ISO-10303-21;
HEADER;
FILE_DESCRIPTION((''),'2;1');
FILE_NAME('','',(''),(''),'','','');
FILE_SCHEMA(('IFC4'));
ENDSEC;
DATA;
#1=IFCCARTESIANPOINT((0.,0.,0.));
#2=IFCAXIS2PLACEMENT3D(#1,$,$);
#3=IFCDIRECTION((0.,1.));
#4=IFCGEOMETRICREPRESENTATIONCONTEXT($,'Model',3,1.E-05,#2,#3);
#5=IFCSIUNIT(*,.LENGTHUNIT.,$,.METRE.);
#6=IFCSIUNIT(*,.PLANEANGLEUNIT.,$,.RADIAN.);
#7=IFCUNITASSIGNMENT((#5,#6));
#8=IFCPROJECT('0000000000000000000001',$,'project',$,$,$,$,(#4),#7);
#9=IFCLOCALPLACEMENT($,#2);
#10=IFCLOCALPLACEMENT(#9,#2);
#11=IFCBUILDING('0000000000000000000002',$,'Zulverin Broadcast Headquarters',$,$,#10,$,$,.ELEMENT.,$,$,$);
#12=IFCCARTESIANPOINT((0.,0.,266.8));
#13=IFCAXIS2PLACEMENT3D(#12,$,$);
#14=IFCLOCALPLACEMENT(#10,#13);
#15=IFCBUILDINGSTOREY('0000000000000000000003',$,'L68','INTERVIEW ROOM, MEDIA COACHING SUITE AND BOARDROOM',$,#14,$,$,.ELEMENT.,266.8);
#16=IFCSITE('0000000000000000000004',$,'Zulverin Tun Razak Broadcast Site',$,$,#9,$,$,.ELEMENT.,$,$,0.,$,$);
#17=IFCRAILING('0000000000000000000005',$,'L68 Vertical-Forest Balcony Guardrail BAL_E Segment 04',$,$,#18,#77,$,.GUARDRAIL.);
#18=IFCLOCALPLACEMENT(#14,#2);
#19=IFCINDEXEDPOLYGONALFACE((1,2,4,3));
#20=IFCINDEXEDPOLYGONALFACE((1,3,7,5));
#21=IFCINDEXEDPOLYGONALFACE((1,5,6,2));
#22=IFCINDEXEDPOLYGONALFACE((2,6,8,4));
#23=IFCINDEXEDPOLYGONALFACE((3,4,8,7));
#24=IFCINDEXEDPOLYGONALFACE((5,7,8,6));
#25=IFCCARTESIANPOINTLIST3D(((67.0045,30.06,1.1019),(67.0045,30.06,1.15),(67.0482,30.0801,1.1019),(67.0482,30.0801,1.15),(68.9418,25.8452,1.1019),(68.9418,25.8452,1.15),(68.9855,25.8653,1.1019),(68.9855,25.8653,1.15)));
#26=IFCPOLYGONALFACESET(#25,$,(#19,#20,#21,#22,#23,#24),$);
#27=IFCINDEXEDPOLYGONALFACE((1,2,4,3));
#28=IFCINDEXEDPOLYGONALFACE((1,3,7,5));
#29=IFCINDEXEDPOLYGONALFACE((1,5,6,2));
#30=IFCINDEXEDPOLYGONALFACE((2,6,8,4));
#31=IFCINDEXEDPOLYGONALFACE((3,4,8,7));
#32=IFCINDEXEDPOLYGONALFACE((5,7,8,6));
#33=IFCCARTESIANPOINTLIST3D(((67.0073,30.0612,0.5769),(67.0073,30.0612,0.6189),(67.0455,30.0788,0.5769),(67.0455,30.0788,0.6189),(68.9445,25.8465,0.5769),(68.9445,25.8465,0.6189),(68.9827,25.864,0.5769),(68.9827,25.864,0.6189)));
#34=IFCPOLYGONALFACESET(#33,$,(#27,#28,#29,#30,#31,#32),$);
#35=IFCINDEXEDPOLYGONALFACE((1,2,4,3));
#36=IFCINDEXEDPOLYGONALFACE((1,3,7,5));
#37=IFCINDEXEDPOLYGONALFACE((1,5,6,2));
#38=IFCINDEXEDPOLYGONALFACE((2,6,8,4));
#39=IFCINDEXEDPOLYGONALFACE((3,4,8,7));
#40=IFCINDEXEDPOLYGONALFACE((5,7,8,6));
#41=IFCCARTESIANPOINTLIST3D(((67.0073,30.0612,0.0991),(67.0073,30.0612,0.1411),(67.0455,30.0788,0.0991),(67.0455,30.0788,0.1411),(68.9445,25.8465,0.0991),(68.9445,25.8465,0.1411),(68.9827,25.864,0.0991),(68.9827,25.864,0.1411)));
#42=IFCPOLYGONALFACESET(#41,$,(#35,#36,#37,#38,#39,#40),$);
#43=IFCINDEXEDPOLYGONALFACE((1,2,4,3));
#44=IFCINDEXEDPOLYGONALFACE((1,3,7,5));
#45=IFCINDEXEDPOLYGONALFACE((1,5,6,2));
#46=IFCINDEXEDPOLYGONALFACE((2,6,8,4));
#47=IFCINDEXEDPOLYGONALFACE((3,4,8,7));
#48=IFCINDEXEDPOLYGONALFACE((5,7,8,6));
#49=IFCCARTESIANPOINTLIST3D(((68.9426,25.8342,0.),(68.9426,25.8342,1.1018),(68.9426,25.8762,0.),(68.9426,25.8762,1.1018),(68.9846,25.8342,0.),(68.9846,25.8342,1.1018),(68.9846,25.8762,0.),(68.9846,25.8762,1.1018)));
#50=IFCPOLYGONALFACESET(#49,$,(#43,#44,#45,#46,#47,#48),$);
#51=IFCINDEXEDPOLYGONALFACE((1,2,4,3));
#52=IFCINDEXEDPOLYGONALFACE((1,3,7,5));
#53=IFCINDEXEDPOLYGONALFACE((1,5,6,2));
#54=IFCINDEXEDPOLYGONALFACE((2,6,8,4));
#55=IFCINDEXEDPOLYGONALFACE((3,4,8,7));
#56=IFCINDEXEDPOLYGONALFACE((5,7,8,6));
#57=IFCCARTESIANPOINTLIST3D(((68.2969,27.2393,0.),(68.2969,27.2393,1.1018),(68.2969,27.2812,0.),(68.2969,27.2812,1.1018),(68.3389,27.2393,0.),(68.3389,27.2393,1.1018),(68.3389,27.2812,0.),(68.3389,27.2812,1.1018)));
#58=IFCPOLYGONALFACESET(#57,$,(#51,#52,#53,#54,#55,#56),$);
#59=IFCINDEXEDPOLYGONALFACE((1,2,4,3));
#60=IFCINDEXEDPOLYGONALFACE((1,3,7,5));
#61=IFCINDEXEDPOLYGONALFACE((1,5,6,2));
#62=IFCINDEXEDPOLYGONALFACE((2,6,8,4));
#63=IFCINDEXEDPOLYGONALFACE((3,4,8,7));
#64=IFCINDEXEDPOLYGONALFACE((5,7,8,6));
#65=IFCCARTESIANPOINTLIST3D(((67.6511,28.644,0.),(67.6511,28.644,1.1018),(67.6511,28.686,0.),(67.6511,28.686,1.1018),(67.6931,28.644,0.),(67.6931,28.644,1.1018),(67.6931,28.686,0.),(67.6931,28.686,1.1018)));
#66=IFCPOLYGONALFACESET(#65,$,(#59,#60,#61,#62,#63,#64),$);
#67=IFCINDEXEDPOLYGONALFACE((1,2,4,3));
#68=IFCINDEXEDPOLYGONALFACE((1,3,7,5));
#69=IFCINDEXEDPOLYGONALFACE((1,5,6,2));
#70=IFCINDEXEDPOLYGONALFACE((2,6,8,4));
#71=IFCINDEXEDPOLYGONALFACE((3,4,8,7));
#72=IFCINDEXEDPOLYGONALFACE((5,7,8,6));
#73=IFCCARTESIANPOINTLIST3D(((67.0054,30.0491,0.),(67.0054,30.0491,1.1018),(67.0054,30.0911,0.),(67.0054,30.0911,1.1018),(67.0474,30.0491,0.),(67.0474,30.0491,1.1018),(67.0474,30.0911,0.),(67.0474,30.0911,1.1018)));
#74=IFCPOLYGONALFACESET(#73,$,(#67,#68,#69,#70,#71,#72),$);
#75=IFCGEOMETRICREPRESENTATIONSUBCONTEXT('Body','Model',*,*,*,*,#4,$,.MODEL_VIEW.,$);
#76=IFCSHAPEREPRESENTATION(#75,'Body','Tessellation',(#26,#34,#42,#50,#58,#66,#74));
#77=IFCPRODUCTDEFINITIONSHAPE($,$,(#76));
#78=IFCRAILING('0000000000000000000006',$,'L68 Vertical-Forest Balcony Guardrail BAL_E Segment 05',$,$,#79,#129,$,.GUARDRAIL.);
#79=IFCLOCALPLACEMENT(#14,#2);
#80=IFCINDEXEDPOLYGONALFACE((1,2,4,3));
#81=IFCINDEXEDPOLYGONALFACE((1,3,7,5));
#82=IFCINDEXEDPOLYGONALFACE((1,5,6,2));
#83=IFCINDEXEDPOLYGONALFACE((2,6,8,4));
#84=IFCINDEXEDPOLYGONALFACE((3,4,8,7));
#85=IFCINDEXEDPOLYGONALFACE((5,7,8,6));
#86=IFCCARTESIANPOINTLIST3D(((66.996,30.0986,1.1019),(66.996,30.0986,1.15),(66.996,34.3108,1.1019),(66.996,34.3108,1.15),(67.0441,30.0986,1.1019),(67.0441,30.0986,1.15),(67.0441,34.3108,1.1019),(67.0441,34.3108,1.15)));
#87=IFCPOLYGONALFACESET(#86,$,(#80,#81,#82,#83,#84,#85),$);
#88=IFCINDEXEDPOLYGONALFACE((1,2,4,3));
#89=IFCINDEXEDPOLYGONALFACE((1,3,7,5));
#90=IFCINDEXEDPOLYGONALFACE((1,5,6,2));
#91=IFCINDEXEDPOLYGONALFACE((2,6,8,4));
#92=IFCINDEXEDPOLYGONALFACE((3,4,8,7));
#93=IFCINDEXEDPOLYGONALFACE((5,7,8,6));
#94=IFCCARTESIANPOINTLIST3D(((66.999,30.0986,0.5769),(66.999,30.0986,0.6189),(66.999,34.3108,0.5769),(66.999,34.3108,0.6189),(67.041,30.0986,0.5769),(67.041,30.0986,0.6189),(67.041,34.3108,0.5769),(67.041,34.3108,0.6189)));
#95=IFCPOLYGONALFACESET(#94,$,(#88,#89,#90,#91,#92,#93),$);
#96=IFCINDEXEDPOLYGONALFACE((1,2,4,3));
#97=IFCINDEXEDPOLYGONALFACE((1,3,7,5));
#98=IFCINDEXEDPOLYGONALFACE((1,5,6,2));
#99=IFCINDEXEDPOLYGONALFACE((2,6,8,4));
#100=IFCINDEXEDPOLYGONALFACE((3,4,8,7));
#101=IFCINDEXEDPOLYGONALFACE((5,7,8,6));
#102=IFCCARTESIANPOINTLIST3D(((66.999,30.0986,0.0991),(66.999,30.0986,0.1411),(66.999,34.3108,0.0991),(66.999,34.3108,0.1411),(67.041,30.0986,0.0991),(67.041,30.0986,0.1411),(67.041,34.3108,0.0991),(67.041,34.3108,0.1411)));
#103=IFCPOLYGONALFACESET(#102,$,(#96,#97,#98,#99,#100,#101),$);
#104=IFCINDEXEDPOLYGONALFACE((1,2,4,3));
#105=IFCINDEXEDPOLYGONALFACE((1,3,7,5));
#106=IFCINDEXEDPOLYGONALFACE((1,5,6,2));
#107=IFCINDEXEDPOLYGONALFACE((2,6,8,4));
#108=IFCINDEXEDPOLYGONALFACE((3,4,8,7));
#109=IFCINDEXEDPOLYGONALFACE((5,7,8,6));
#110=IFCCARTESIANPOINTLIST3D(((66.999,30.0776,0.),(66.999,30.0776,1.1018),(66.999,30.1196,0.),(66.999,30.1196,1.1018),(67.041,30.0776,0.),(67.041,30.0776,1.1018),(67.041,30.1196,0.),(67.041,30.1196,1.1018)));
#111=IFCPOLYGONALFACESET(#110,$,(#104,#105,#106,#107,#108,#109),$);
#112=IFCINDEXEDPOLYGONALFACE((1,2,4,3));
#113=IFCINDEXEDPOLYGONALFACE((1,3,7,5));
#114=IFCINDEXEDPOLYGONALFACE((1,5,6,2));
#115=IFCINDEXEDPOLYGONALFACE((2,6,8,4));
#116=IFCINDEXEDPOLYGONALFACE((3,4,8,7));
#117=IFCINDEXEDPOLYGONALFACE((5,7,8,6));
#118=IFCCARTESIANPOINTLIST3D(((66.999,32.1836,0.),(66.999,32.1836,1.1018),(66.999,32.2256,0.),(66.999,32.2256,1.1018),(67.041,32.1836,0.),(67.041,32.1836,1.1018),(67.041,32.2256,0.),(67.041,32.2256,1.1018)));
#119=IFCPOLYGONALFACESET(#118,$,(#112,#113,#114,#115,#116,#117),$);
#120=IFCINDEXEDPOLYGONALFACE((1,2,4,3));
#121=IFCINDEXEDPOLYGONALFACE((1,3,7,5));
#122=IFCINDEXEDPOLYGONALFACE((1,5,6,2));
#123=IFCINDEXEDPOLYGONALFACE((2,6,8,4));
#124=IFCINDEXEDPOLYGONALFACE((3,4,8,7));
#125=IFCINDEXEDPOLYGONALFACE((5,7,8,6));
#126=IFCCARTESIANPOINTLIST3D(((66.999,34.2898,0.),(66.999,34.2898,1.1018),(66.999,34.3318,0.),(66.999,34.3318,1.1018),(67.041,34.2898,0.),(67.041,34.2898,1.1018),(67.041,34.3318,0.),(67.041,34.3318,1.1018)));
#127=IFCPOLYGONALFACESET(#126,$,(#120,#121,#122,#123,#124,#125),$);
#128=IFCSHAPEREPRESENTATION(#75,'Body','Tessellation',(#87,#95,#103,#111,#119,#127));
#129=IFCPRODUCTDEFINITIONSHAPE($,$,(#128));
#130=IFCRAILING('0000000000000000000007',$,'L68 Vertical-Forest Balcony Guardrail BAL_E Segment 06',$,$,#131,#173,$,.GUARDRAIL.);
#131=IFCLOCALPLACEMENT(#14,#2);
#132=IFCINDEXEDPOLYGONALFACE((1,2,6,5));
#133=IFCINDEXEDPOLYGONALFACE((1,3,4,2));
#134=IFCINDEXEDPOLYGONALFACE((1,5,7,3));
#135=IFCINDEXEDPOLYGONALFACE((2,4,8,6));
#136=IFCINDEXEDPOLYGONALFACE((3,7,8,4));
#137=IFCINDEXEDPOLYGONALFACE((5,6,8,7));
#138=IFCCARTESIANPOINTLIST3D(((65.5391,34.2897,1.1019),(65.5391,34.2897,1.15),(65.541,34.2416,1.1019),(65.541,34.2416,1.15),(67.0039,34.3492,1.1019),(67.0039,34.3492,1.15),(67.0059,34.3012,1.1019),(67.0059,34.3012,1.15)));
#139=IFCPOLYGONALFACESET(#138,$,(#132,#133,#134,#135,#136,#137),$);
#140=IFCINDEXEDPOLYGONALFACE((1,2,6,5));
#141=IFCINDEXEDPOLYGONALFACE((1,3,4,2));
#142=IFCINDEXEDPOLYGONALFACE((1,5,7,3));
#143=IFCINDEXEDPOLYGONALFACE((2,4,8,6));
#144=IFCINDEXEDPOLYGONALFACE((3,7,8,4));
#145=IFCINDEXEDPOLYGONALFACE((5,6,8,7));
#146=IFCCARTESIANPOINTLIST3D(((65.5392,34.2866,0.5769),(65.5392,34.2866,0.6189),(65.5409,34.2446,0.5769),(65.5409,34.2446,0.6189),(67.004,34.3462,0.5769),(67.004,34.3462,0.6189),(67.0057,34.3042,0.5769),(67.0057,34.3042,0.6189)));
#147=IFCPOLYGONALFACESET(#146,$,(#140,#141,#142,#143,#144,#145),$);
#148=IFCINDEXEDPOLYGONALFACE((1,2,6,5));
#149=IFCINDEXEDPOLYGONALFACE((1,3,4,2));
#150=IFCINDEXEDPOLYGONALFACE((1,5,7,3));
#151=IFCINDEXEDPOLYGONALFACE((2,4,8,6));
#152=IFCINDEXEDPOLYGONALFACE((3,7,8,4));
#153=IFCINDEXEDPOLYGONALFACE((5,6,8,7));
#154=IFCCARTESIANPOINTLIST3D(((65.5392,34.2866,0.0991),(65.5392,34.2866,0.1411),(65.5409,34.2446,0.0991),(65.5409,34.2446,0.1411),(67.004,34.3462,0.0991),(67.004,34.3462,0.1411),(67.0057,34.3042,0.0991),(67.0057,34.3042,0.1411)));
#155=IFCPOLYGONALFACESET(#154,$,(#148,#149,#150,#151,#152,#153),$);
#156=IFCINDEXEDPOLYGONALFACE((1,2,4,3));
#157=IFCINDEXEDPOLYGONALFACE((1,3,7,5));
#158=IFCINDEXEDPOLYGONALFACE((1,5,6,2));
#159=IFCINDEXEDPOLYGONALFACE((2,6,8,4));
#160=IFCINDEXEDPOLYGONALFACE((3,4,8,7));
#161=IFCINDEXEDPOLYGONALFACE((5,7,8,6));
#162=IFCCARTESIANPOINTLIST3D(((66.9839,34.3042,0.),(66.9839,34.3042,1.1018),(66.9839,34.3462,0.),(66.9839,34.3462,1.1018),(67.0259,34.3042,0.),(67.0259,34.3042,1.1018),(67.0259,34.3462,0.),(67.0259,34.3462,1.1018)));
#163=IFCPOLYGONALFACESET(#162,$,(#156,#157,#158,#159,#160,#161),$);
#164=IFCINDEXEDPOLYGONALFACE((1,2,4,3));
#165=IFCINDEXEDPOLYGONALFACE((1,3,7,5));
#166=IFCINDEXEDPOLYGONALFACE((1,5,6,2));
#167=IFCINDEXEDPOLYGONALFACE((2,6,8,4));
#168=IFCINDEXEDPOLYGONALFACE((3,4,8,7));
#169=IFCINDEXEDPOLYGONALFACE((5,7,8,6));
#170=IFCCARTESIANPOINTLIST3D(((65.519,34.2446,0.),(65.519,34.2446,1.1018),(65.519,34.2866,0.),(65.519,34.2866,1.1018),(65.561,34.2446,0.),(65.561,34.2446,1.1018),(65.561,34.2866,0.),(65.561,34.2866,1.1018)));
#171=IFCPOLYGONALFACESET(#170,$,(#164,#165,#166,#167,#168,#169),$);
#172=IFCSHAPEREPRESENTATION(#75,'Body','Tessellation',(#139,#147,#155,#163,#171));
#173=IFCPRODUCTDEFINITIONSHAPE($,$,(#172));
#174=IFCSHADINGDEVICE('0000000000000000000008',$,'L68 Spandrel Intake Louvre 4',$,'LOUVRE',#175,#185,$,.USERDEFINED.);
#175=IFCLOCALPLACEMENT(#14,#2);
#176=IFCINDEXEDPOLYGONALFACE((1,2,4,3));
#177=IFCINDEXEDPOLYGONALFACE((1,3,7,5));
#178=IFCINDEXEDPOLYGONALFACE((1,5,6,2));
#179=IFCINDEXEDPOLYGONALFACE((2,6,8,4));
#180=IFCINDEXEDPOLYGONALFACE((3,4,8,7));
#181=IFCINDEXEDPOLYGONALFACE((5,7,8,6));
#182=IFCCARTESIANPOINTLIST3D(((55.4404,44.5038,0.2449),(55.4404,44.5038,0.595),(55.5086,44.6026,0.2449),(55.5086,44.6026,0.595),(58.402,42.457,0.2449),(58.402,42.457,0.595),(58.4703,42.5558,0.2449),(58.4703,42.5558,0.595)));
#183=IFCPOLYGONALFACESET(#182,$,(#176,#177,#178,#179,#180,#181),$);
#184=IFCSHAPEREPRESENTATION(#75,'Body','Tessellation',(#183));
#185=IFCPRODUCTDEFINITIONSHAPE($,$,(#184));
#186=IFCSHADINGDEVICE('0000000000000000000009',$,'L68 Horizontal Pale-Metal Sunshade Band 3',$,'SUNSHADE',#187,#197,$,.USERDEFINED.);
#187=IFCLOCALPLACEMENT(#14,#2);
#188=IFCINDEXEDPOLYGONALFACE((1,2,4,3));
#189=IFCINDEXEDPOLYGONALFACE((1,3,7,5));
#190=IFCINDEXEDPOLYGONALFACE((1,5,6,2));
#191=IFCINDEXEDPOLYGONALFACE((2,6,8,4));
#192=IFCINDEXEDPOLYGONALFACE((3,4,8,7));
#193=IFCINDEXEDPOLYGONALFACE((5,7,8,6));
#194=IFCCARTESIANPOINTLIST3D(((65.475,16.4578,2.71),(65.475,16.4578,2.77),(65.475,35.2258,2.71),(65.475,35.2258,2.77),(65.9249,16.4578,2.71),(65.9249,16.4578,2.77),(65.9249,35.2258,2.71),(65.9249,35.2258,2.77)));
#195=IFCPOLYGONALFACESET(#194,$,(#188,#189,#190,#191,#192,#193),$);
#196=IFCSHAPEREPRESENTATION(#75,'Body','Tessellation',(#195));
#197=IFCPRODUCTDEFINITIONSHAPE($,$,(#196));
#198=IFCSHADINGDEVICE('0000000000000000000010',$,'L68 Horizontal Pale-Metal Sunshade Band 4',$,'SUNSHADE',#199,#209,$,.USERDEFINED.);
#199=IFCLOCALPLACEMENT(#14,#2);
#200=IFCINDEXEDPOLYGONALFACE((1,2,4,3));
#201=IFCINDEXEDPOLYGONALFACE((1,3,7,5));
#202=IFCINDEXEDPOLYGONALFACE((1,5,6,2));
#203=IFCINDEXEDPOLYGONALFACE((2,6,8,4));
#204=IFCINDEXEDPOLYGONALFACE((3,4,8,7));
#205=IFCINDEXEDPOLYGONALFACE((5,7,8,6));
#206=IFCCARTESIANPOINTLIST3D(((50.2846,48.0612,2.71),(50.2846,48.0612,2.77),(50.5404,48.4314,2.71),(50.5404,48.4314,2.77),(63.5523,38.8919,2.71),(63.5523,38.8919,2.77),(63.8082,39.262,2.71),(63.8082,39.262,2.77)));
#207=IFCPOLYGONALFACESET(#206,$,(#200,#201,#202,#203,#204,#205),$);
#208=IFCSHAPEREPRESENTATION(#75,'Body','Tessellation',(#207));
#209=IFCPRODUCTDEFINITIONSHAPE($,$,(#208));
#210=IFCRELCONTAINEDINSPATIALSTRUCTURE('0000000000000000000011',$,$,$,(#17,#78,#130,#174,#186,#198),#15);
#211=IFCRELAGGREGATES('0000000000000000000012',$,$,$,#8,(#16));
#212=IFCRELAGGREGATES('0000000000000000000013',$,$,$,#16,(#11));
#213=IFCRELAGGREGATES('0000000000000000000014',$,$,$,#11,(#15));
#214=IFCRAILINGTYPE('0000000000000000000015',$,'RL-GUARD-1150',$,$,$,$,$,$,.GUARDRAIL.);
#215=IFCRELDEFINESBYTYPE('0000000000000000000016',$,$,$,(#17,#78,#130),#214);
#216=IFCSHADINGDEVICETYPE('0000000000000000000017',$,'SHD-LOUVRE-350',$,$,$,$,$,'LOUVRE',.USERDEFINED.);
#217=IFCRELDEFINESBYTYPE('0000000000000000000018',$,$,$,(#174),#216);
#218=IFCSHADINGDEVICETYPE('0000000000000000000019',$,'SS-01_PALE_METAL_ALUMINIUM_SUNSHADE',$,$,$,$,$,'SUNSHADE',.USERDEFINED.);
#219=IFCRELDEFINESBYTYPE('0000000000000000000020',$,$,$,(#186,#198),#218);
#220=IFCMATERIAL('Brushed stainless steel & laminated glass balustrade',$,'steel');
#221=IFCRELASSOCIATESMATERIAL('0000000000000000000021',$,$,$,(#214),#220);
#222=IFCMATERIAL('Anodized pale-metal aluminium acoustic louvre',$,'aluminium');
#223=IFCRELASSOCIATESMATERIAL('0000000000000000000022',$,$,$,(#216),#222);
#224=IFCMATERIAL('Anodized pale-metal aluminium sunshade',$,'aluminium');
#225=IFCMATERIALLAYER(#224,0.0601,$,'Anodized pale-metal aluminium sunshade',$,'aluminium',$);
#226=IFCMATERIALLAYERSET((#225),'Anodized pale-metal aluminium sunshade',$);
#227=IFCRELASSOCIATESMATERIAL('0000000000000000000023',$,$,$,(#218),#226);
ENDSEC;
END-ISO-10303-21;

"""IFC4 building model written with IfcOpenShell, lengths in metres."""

from ifc_helpers import new_model, si_unit, direction, frame, origin, origin_2d, place, context, subcontext, project, spatial, rectangle, extrude, material, layer, layer_set, type_object, element, save


model = new_model("IFC4")

# Units and contexts
model_context = context("Model", 3, precision=1e-05, world=origin(), true_north=direction((0.0, 1.0)))
body_context = subcontext(model_context, "Body", "Model", "MODEL_VIEW")
ifc_project = project(units=[si_unit("LENGTHUNIT", "METRE"), si_unit("PLANEANGLEUNIT", "RADIAN")], contexts=[model_context])

# Site, building, storey
site_placement = place(None, origin())
site = spatial("IfcSite", under=ifc_project, at=site_placement, Name="Zulverin Tun Razak Broadcast Site", CompositionType="ELEMENT", RefElevation=0.0)
building_placement = place(site_placement, origin())
building = spatial("IfcBuilding", under=site, at=building_placement, Name="Zulverin Broadcast Headquarters", CompositionType="ELEMENT")
storey_placement = place(building_placement, frame((0.0, 0.0, 266.8)))
storey = spatial("IfcBuildingStorey", under=building, at=storey_placement, Name="L68", Description="INTERVIEW ROOM, MEDIA COACHING SUITE AND BOARDROOM", CompositionType="ELEMENT", Elevation=266.8)

# Railings
ifc_material_1 = material(Name="Brushed stainless steel & laminated glass balustrade", Category="steel")
railing_type = type_object("IfcRailingType", Name="RL-GUARD-1150", PredefinedType="GUARDRAIL", material=ifc_material_1)
railing_1_placement = place(storey_placement, frame((68.9636, 25.8552, 0.0)))
element("IfcRailing", 1, at=railing_1_placement, inside=storey, type_object=railing_type, Name="L68 Vertical-Forest Balcony Guardrail BAL_E Segment 04", PredefinedType="GUARDRAIL", context=body_context, shape_type="SweptSolid", body=[
    extrude(rectangle(XDim=0.0481, YDim=0.0481, at=origin_2d()), frame((0.0, 0.0, 1.126), z_axis=(-0.417626, 0.908619, 0.0), x_axis=(-0.908619, -0.417626, 0.0)), (0.0, 0.0, 1.0), 4.6387),
    extrude(rectangle(XDim=0.042, YDim=0.042, at=origin_2d()), frame((0.0, 0.0, 0.5979), z_axis=(-0.417626, 0.908619, 0.0), x_axis=(-0.908619, -0.417626, 0.0)), (0.0, 0.0, 1.0), 4.6387),
    extrude(rectangle(XDim=0.042, YDim=0.042, at=origin_2d()), frame((0.0, 0.0, 0.1201), z_axis=(-0.417626, 0.908619, 0.0), x_axis=(-0.908619, -0.417626, 0.0)), (0.0, 0.0, 1.0), 4.6387),
    extrude(rectangle(XDim=0.042, YDim=0.042, at=origin_2d()), origin(), (0.0, 0.0, 1.0), 1.1018),
    extrude(rectangle(XDim=0.042, YDim=0.042, at=origin_2d()), frame((-0.6458, 1.405, 0.0)), (0.0, 0.0, 1.0), 1.1018),
    extrude(rectangle(XDim=0.042, YDim=0.042, at=origin_2d()), frame((-1.2915, 2.8098, 0.0)), (0.0, 0.0, 1.0), 1.1018),
    extrude(rectangle(XDim=0.042, YDim=0.042, at=origin_2d()), frame((-1.9373, 4.2148, 0.0)), (0.0, 0.0, 1.0), 1.1018),
])
railing_2_placement = place(storey_placement, frame((67.02, 30.0986, 0.0)))
element("IfcRailing", 2, at=railing_2_placement, inside=storey, type_object=railing_type, Name="L68 Vertical-Forest Balcony Guardrail BAL_E Segment 05", PredefinedType="GUARDRAIL", context=body_context, shape_type="SweptSolid", body=[
    extrude(rectangle(XDim=0.0481, YDim=0.0481, at=origin_2d()), frame((0.0, 0.0, 1.126), z_axis=(0.0, 1.0, 0.0), x_axis=(-1.0, 0.0, 0.0)), (0.0, 0.0, 1.0), 4.2122),
    extrude(rectangle(XDim=0.042, YDim=0.042, at=origin_2d()), frame((0.0, 0.0, 0.5979), z_axis=(0.0, 1.0, 0.0), x_axis=(-1.0, 0.0, 0.0)), (0.0, 0.0, 1.0), 4.2122),
    extrude(rectangle(XDim=0.042, YDim=0.042, at=origin_2d()), frame((0.0, 0.0, 0.1201), z_axis=(0.0, 1.0, 0.0), x_axis=(-1.0, 0.0, 0.0)), (0.0, 0.0, 1.0), 4.2122),
    extrude(rectangle(XDim=0.042, YDim=0.042, at=origin_2d()), origin(), (0.0, 0.0, 1.0), 1.1018),
    extrude(rectangle(XDim=0.042, YDim=0.042, at=origin_2d()), frame((0.0, 2.106, 0.0)), (0.0, 0.0, 1.0), 1.1018),
    extrude(rectangle(XDim=0.042, YDim=0.042, at=origin_2d()), frame((0.0, 4.2122, 0.0)), (0.0, 0.0, 1.0), 1.1018),
])
railing_3_placement = place(storey_placement, frame((67.0049, 34.3252, 0.0)))
element("IfcRailing", 3, at=railing_3_placement, inside=storey, type_object=railing_type, Name="L68 Vertical-Forest Balcony Guardrail BAL_E Segment 06", PredefinedType="GUARDRAIL", context=body_context, shape_type="SweptSolid", body=[
    extrude(rectangle(XDim=0.0481, YDim=0.0481, at=origin_2d()), frame((0.0, 0.0, 1.126), z_axis=(-0.999174, -0.040633, 0.0), x_axis=(0.040633, -0.999174, 0.0)), (0.0, 0.0, 1.0), 1.4661),
    extrude(rectangle(XDim=0.042, YDim=0.042, at=origin_2d()), frame((0.0, 0.0, 0.5979), z_axis=(-0.999174, -0.040633, 0.0), x_axis=(0.040633, -0.999174, 0.0)), (0.0, 0.0, 1.0), 1.4661),
    extrude(rectangle(XDim=0.042, YDim=0.042, at=origin_2d()), frame((0.0, 0.0, 0.1201), z_axis=(-0.999174, -0.040633, 0.0), x_axis=(0.040633, -0.999174, 0.0)), (0.0, 0.0, 1.0), 1.4661),
    extrude(rectangle(XDim=0.042, YDim=0.042, at=origin_2d()), origin(), (0.0, 0.0, 1.0), 1.1018),
    extrude(rectangle(XDim=0.042, YDim=0.042, at=origin_2d()), frame((-1.4648, -0.0596, 0.0)), (0.0, 0.0, 1.0), 1.1018),
])

# Shading devices
ifc_material_2 = material(Name="Anodized pale-metal aluminium acoustic louvre", Category="aluminium")
shading_device_type_1 = type_object("IfcShadingDeviceType", Name="SHD-LOUVRE-350", ElementType="LOUVRE", PredefinedType="USERDEFINED", material=ifc_material_2)
shading_device_1_placement = place(storey_placement, frame((56.9553, 43.5298, 0.2449), z_axis=(0.0, 0.0, 1.0), x_axis=(-0.822655, 0.56854, 0.0)))
element("IfcShadingDevice", 4, at=shading_device_1_placement, inside=storey, type_object=shading_device_type_1, Name="L68 Spandrel Intake Louvre 4", ObjectType="LOUVRE", PredefinedType="USERDEFINED", context=body_context, shape_type="SweptSolid", body=[
    extrude(rectangle(XDim=3.6001, YDim=0.1201, at=origin_2d()), origin(), (0.0, 0.0, 1.0), 0.3501),
])
ifc_material_3 = material(Name="Anodized pale-metal aluminium sunshade", Category="aluminium")
ifc_layer_1 = layer(ifc_material_3, 0.0601, Name="Anodized pale-metal aluminium sunshade", Category="aluminium")
ifc_layer_set_1 = layer_set([ifc_layer_1], Name="Anodized pale-metal aluminium sunshade")
shading_device_type_2 = type_object("IfcShadingDeviceType", Name="SS-01_PALE_METAL_ALUMINIUM_SUNSHADE", ElementType="SUNSHADE", PredefinedType="USERDEFINED", material=ifc_layer_set_1)
shading_device_2_placement = place(storey_placement, frame((65.7, 25.8418, 2.71), z_axis=(0.0, 0.0, 1.0), x_axis=(0.0, 1.0, 0.0)))
element("IfcShadingDevice", 5, at=shading_device_2_placement, inside=storey, type_object=shading_device_type_2, Name="L68 Horizontal Pale-Metal Sunshade Band 3", ObjectType="SUNSHADE", PredefinedType="USERDEFINED", context=body_context, shape_type="SweptSolid", body=[
    extrude(rectangle(XDim=18.7681, YDim=0.45, at=origin_2d()), origin(), (0.0, 0.0, 1.0), 0.0601),
])
shading_device_3_placement = place(storey_placement, frame((57.0464, 43.6616, 2.71), z_axis=(0.0, 0.0, 1.0), x_axis=(-0.822655, 0.56854, 0.0)))
element("IfcShadingDevice", 6, at=shading_device_3_placement, inside=storey, type_object=shading_device_type_2, Name="L68 Horizontal Pale-Metal Sunshade Band 4", ObjectType="SUNSHADE", PredefinedType="USERDEFINED", context=body_context, shape_type="SweptSolid", body=[
    extrude(rectangle(XDim=16.1279, YDim=0.45, at=origin_2d()), origin(), (0.0, 0.0, 1.0), 0.0601),
])

save(model, "model.ifc")
